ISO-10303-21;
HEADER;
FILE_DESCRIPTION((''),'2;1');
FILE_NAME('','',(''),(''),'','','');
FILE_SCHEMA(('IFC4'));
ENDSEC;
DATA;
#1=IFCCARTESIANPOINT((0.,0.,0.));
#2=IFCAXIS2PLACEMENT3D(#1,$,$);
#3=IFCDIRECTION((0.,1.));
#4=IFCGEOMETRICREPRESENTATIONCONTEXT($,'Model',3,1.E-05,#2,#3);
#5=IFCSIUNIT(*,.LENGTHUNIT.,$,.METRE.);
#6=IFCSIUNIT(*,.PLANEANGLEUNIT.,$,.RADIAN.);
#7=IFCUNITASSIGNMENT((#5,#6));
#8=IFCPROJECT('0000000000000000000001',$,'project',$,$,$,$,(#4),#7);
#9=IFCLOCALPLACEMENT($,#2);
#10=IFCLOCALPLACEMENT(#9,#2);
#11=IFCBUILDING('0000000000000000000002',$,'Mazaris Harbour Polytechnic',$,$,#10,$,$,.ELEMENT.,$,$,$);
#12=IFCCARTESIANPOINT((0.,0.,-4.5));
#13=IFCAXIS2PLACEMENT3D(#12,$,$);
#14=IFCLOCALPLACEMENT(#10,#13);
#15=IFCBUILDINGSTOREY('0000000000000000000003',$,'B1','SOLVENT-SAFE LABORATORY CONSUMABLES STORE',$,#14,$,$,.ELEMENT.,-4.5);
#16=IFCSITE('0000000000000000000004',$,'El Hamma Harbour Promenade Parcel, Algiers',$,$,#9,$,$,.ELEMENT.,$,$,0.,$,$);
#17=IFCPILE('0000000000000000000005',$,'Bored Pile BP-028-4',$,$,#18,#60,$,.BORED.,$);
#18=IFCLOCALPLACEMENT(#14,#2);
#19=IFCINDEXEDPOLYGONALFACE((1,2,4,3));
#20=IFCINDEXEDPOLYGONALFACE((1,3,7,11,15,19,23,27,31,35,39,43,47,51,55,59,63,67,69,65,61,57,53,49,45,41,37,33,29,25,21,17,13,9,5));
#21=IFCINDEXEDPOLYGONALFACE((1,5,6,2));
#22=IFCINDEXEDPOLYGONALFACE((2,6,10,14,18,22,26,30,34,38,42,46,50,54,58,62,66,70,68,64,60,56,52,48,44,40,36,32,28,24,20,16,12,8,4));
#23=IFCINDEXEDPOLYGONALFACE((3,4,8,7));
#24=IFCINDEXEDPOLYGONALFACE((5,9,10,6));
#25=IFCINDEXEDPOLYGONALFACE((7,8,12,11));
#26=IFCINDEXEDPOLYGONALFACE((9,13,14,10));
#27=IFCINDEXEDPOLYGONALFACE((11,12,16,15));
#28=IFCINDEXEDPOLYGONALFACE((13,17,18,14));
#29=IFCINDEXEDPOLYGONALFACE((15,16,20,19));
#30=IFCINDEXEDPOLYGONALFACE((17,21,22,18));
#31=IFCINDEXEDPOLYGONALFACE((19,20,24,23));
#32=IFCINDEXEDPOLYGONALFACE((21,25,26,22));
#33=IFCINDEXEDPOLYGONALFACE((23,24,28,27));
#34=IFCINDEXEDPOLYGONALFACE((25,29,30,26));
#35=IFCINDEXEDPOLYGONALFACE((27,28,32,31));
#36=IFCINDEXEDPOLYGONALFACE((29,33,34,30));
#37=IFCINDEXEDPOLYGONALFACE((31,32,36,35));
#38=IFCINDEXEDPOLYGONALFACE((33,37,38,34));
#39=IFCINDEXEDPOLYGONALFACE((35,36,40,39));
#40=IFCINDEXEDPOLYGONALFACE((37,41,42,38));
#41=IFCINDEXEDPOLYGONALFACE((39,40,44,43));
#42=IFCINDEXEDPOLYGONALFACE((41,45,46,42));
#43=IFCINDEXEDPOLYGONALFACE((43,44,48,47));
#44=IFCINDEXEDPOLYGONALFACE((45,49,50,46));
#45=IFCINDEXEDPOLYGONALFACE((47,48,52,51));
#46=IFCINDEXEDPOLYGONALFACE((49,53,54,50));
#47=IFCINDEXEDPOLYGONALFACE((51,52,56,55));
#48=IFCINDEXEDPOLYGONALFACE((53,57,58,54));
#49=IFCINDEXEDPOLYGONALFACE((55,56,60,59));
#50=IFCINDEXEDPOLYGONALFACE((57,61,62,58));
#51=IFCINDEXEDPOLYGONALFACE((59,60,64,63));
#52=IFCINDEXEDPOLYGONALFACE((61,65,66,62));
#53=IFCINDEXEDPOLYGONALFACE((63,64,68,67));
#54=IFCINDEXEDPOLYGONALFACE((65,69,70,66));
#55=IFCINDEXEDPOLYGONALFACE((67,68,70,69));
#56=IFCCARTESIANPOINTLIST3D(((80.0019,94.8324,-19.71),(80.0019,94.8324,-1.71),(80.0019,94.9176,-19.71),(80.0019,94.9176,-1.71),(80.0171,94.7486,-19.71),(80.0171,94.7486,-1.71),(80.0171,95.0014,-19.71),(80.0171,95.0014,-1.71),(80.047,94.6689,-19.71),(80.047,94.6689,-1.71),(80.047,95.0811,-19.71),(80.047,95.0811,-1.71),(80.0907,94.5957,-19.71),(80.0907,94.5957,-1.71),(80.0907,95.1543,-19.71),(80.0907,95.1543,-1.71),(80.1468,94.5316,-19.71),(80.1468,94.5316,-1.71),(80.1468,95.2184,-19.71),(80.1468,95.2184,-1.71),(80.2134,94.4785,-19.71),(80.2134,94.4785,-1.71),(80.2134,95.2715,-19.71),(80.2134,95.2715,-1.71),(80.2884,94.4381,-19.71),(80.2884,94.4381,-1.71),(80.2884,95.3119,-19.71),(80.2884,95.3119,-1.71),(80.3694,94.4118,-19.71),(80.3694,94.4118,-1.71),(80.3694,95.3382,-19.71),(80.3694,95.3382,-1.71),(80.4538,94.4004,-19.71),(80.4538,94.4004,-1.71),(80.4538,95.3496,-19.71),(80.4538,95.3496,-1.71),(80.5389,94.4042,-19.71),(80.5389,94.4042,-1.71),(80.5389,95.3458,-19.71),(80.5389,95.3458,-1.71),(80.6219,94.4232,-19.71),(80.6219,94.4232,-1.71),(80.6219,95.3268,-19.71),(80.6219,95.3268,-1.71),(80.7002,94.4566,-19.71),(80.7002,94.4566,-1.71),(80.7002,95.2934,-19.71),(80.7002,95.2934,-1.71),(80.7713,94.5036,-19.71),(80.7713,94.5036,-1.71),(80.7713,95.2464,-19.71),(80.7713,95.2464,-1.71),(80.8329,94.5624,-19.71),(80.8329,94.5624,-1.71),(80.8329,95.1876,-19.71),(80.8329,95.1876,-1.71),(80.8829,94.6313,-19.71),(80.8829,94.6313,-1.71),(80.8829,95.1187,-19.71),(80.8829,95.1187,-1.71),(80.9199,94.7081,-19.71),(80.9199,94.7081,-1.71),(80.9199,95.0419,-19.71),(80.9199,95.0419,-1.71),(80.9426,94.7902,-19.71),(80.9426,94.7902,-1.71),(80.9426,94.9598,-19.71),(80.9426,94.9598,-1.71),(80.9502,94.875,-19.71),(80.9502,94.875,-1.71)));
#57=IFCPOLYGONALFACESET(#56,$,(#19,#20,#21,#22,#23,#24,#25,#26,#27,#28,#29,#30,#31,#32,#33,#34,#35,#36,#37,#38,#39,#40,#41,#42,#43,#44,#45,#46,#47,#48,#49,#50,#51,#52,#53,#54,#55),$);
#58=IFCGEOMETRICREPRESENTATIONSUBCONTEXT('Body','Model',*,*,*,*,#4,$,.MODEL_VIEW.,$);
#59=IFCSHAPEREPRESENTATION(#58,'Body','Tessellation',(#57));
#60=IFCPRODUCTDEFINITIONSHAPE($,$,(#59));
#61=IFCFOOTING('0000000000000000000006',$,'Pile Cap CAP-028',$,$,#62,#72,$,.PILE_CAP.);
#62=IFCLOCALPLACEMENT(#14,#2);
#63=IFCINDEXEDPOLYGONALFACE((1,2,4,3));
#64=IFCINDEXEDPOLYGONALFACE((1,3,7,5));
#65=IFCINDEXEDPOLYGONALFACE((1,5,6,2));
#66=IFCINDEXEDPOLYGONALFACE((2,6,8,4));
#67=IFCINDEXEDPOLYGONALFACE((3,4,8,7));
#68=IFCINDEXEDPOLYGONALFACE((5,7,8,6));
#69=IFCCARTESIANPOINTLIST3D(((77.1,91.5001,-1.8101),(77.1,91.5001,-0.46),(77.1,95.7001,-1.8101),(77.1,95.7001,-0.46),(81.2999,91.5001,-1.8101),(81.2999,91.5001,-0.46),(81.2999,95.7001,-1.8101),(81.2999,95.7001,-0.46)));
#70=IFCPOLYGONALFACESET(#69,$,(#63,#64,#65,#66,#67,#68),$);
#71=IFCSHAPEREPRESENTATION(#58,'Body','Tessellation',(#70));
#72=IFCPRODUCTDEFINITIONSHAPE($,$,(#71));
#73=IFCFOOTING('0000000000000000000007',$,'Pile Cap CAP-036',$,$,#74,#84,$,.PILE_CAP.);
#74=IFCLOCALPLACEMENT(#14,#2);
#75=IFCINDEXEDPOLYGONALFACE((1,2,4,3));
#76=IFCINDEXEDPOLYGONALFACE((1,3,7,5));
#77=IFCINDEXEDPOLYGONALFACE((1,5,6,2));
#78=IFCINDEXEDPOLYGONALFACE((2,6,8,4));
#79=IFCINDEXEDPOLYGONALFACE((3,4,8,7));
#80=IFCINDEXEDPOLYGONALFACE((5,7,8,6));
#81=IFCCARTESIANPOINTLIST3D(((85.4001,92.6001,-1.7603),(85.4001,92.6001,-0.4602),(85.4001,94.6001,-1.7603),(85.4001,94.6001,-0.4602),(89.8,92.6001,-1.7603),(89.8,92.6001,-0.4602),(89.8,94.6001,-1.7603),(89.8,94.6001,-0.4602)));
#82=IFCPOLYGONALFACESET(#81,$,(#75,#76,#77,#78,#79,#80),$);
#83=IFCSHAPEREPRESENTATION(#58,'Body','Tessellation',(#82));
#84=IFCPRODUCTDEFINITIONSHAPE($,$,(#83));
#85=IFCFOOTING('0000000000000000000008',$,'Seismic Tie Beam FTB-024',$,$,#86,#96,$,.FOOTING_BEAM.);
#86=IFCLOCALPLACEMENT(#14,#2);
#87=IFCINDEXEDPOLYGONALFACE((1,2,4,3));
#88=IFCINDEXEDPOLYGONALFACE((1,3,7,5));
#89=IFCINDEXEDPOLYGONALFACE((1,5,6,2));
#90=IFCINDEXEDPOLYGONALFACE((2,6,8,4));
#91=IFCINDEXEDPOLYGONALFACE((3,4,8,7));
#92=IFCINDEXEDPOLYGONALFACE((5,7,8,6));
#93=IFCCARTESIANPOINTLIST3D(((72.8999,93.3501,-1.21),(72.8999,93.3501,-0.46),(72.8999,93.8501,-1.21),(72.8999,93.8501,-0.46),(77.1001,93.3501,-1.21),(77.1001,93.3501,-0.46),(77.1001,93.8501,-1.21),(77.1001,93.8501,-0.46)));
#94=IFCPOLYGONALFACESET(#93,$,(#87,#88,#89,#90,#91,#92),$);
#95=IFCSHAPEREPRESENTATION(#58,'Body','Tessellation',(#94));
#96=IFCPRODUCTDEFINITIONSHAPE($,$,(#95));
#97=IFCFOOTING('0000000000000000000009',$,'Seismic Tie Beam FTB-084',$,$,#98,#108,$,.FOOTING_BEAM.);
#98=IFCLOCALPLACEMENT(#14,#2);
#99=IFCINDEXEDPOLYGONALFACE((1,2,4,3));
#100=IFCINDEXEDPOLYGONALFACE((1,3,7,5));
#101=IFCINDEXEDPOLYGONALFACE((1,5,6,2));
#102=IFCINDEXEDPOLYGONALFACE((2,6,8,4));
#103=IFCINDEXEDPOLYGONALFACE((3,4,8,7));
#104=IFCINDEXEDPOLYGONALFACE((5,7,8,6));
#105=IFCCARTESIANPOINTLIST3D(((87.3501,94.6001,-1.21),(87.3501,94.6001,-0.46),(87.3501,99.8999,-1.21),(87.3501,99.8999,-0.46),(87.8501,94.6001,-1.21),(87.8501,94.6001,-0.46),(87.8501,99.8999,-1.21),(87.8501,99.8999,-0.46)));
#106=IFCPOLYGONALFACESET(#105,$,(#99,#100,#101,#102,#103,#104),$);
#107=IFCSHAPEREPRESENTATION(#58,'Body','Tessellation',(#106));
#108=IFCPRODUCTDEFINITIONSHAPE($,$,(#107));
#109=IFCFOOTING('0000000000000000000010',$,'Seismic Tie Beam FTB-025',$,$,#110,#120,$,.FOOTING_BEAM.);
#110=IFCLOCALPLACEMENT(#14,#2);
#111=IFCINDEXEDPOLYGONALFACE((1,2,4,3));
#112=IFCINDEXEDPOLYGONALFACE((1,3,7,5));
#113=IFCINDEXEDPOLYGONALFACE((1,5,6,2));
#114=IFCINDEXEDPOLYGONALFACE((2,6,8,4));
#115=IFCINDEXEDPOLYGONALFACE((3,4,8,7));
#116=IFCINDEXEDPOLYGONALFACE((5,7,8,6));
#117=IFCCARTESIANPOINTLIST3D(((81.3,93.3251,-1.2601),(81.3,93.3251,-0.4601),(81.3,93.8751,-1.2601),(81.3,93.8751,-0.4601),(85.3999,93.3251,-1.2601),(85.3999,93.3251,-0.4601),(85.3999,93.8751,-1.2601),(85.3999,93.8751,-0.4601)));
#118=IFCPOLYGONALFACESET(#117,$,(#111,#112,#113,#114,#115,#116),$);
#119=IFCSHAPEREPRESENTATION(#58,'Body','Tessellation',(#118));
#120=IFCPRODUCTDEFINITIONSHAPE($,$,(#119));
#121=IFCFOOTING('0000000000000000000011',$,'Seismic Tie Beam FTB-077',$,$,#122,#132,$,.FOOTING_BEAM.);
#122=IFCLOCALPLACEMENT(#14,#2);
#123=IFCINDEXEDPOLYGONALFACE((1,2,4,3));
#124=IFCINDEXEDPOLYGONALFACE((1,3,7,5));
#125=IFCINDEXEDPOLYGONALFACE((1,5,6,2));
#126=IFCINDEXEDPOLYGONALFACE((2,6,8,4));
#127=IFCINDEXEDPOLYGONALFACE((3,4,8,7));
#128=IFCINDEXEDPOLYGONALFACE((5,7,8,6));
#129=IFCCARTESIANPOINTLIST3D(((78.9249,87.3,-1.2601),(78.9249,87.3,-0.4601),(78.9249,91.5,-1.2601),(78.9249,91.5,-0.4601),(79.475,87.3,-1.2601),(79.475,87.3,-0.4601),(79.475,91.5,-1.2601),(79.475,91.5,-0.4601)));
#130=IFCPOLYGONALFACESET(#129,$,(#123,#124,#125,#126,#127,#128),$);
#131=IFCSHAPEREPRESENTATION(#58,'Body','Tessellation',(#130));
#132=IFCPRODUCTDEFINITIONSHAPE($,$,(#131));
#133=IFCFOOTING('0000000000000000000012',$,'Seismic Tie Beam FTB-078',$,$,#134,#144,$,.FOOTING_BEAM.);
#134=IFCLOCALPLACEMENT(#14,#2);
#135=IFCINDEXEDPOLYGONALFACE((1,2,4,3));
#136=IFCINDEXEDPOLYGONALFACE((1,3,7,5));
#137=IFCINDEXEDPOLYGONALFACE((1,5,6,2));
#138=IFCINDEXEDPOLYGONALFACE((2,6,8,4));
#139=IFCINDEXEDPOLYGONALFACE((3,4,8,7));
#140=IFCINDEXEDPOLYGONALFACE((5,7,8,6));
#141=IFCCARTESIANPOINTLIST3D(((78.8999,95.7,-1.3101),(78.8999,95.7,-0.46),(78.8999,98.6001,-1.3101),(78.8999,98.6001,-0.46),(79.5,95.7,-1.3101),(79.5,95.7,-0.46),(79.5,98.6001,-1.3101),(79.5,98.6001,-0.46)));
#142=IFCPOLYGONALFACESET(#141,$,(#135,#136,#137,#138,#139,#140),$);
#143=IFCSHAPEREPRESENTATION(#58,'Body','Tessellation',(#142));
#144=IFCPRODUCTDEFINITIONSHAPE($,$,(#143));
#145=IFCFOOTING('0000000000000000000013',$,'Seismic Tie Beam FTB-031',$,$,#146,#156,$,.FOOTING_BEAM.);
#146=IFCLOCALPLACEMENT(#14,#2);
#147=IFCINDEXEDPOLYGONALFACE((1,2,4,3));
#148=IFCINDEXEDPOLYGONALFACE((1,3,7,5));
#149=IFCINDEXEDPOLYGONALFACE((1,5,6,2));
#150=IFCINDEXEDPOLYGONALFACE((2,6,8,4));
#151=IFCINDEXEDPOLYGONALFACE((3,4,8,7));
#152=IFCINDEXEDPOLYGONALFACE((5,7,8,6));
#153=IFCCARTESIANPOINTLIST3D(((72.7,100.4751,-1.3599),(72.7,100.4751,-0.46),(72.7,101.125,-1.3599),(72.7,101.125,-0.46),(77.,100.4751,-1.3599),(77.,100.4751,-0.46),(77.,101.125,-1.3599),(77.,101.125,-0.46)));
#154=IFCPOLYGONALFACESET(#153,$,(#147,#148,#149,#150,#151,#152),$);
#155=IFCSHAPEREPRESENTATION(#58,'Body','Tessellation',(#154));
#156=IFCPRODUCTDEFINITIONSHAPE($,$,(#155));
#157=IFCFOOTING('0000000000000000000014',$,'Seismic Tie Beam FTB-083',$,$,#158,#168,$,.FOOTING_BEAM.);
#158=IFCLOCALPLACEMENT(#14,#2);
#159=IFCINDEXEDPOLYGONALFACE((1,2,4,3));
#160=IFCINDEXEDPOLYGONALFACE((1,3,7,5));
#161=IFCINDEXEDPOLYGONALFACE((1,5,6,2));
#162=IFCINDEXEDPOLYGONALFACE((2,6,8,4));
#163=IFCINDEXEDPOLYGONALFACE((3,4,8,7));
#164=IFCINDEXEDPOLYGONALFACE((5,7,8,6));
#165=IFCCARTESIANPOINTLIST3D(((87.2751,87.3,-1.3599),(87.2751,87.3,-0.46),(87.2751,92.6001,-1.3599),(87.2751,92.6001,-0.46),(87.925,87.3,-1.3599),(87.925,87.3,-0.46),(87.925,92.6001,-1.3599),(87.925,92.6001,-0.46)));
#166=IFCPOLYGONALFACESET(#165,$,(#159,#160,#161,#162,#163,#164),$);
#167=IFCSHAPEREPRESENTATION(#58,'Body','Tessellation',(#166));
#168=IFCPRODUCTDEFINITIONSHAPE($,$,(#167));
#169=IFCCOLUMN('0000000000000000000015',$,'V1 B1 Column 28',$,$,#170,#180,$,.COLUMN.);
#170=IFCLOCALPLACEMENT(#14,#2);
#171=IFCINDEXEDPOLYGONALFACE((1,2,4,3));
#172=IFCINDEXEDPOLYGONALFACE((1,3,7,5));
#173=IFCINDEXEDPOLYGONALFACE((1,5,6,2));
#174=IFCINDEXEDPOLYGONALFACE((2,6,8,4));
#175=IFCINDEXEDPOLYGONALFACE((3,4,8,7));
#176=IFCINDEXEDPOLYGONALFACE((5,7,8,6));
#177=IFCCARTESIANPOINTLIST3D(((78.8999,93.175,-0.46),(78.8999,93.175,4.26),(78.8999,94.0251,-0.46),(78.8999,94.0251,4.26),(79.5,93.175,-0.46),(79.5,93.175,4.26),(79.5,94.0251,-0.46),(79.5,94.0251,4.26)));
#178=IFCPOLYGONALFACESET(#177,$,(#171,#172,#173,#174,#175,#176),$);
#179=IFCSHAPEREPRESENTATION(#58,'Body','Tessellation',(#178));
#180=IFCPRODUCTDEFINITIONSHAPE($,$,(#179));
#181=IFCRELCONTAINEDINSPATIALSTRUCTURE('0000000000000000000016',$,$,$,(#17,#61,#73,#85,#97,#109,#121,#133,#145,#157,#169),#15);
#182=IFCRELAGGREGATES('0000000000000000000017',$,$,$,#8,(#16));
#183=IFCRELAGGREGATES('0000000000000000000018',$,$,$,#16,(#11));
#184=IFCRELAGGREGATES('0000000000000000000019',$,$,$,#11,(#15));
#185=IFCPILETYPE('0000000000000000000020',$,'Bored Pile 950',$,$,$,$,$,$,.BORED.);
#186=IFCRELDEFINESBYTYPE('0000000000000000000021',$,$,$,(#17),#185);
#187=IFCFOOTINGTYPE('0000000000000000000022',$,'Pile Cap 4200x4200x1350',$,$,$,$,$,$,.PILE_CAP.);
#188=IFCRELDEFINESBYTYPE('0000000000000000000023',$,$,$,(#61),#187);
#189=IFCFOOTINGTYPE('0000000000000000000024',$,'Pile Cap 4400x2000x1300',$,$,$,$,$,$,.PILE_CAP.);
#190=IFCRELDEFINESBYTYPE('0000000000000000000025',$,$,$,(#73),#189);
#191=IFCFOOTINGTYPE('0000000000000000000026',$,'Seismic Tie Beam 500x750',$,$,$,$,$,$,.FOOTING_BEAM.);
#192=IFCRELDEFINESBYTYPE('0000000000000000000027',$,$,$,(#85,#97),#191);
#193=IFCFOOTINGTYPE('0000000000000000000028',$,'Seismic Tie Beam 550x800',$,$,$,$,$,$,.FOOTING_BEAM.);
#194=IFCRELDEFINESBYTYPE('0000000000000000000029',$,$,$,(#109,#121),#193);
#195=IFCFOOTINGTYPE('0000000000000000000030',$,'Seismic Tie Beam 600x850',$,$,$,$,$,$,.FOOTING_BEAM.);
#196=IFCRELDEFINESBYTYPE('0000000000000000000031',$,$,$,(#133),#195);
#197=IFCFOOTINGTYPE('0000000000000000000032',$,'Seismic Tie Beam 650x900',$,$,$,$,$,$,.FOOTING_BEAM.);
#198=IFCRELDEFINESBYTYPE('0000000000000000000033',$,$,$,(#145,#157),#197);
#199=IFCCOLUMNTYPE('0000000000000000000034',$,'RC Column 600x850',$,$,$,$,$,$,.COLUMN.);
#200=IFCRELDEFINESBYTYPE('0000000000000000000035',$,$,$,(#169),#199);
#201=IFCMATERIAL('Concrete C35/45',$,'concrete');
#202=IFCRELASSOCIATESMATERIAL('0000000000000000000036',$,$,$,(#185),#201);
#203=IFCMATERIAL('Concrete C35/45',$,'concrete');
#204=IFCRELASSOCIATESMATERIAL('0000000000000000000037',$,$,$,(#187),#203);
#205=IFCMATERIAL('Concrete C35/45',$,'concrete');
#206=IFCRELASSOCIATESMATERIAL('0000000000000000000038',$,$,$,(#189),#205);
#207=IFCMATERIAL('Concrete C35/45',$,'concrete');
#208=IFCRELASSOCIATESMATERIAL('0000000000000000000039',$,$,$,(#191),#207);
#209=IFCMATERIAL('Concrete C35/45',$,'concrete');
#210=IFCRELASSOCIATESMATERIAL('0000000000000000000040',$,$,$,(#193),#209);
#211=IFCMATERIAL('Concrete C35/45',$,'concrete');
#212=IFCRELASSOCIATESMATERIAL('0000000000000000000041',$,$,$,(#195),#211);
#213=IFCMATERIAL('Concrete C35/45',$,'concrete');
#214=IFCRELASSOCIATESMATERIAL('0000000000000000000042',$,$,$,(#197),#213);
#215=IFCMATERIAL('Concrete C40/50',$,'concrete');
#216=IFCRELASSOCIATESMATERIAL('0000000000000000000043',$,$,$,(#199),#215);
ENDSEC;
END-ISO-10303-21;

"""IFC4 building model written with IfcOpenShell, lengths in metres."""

from ifc_helpers import new_model, si_unit, direction, frame, origin, origin_2d, place, context, subcontext, project, spatial, rectangle, circle, extrude, material, material_profile, profile_set, type_object, element, save


model = new_model("IFC4")

# Units and contexts
model_context = context("Model", 3, precision=1e-05, world=origin(), true_north=direction((0.0, 1.0)))
body_context = subcontext(model_context, "Body", "Model", "MODEL_VIEW")
ifc_project = project(units=[si_unit("LENGTHUNIT", "METRE"), si_unit("PLANEANGLEUNIT", "RADIAN")], contexts=[model_context])

# Site, building, storey
site_placement = place(None, origin())
site = spatial("IfcSite", under=ifc_project, at=site_placement, Name="El Hamma Harbour Promenade Parcel, Algiers", CompositionType="ELEMENT", RefElevation=0.0)
building_placement = place(site_placement, origin())
building = spatial("IfcBuilding", under=site, at=building_placement, Name="Mazaris Harbour Polytechnic", CompositionType="ELEMENT")
storey_placement = place(building_placement, frame((0.0, 0.0, -4.5)))
storey = spatial("IfcBuildingStorey", under=building, at=storey_placement, Name="B1", Description="SOLVENT-SAFE LABORATORY CONSUMABLES STORE", CompositionType="ELEMENT", Elevation=-4.5)

# Pile
ifc_material_1 = material(Name="Concrete C35/45", Category="concrete")
ifc_material_profile_1 = material_profile(ifc_material_1, circle(Radius=0.4751, at=origin_2d()), Name="DIA950")
ifc_profile_set_1 = profile_set([ifc_material_profile_1], Name="Concrete C35/45")
pile_type_1 = type_object("IfcPileType", Name="Bored Pile 950", PredefinedType="BORED", material=ifc_profile_set_1)
for number, where, z_axis, x_axis, name in (
    (1, (80.4751, 94.875, -1.71), (0.0, 0.0, -1.0), (1.0, 0.0, 0.0), "Bored Pile BP-028-4"),
):
    element("IfcPile", number, at=place(storey_placement, frame(where, z_axis=z_axis, x_axis=x_axis)), inside=storey, type_object=pile_type_1, Name=name, PredefinedType="BORED", context=body_context, shape_type="SweptSolid", body=[
        extrude(circle(Radius=0.4751, at=origin_2d()), origin(), (0.0, 0.0, 1.0), 18.0),
    ])

# Footings
ifc_material_2 = material(Name="Concrete C35/45", Category="concrete")
footing_type_1 = type_object("IfcFootingType", Name="Pile Cap 4200x4200x1350", PredefinedType="PILE_CAP", material=ifc_material_2)
footing_1_placement = place(storey_placement, frame((79.2, 93.6001, -1.8101), z_axis=(0.0, 0.0, 1.0), x_axis=(1.0, 0.0, 0.0)))
element("IfcFooting", 2, at=footing_1_placement, inside=storey, type_object=footing_type_1, Name="Pile Cap CAP-028", PredefinedType="PILE_CAP", context=body_context, shape_type="SweptSolid", body=[
    extrude(rectangle(XDim=4.2, YDim=4.2, at=origin_2d()), origin(), (0.0, 0.0, 1.0), 1.3501),
])
ifc_material_3 = material(Name="Concrete C35/45", Category="concrete")
footing_type_2 = type_object("IfcFootingType", Name="Pile Cap 4400x2000x1300", PredefinedType="PILE_CAP", material=ifc_material_3)
footing_2_placement = place(storey_placement, frame((87.6001, 93.6001, -1.7603), z_axis=(0.0, 0.0, 1.0), x_axis=(1.0, 0.0, 0.0)))
element("IfcFooting", 3, at=footing_2_placement, inside=storey, type_object=footing_type_2, Name="Pile Cap CAP-036", PredefinedType="PILE_CAP", context=body_context, shape_type="SweptSolid", body=[
    extrude(rectangle(XDim=4.3999, YDim=2.0, at=origin_2d()), origin(), (0.0, 0.0, 1.0), 1.3),
])
ifc_material_4 = material(Name="Concrete C35/45", Category="concrete")
ifc_material_profile_2 = material_profile(ifc_material_4, rectangle(XDim=0.5, YDim=0.75, at=origin_2d()), Name="RECT500x750")
ifc_profile_set_2 = profile_set([ifc_material_profile_2], Name="Concrete C35/45")
footing_type_3 = type_object("IfcFootingType", Name="Seismic Tie Beam 500x750", PredefinedType="FOOTING_BEAM", material=ifc_profile_set_2)
footing_3_placement = place(storey_placement, frame((72.8999, 93.6001, -0.835), z_axis=(1.0, 0.0, 0.0), x_axis=(0.0, 1.0, 0.0)))
element("IfcFooting", 4, at=footing_3_placement, inside=storey, type_object=footing_type_3, Name="Seismic Tie Beam FTB-024", PredefinedType="FOOTING_BEAM", context=body_context, shape_type="SweptSolid", body=[
    extrude(rectangle(XDim=0.5, YDim=0.75, at=origin_2d()), origin(), (0.0, 0.0, 1.0), 4.2002),
])
footing_4_placement = place(storey_placement, frame((87.6001, 94.6001, -0.835), z_axis=(0.0, 1.0, 0.0), x_axis=(-1.0, 0.0, 0.0)))
element("IfcFooting", 5, at=footing_4_placement, inside=storey, type_object=footing_type_3, Name="Seismic Tie Beam FTB-084", PredefinedType="FOOTING_BEAM", context=body_context, shape_type="SweptSolid", body=[
    extrude(rectangle(XDim=0.5, YDim=0.75, at=origin_2d()), origin(), (0.0, 0.0, 1.0), 5.2998),
])
ifc_material_5 = material(Name="Concrete C35/45", Category="concrete")
ifc_material_profile_3 = material_profile(ifc_material_5, rectangle(XDim=0.55, YDim=0.8, at=origin_2d()), Name="RECT550x800")
ifc_profile_set_3 = profile_set([ifc_material_profile_3], Name="Concrete C35/45")
footing_type_4 = type_object("IfcFootingType", Name="Seismic Tie Beam 550x800", PredefinedType="FOOTING_BEAM", material=ifc_profile_set_3)
footing_5_placement = place(storey_placement, frame((81.3, 93.6001, -0.8601), z_axis=(1.0, 0.0, 0.0), x_axis=(0.0, 1.0, 0.0)))
element("IfcFooting", 6, at=footing_5_placement, inside=storey, type_object=footing_type_4, Name="Seismic Tie Beam FTB-025", PredefinedType="FOOTING_BEAM", context=body_context, shape_type="SweptSolid", body=[
    extrude(rectangle(XDim=0.55, YDim=0.8, at=origin_2d()), origin(), (0.0, 0.0, 1.0), 4.0999),
])
footing_6_placement = place(storey_placement, frame((79.2, 87.3, -0.8601), z_axis=(0.0, 1.0, 0.0), x_axis=(-1.0, 0.0, 0.0)))
element("IfcFooting", 7, at=footing_6_placement, inside=storey, type_object=footing_type_4, Name="Seismic Tie Beam FTB-077", PredefinedType="FOOTING_BEAM", context=body_context, shape_type="SweptSolid", body=[
    extrude(rectangle(XDim=0.55, YDim=0.8, at=origin_2d()), origin(), (0.0, 0.0, 1.0), 4.2),
])
ifc_material_6 = material(Name="Concrete C35/45", Category="concrete")
ifc_material_profile_4 = material_profile(ifc_material_6, rectangle(XDim=0.6001, YDim=0.8501, at=origin_2d()), Name="RECT600x850")
ifc_profile_set_4 = profile_set([ifc_material_profile_4], Name="Concrete C35/45")
footing_type_5 = type_object("IfcFootingType", Name="Seismic Tie Beam 600x850", PredefinedType="FOOTING_BEAM", material=ifc_profile_set_4)
footing_7_placement = place(storey_placement, frame((79.2, 95.7, -0.885), z_axis=(0.0, 1.0, 0.0), x_axis=(-1.0, 0.0, 0.0)))
element("IfcFooting", 8, at=footing_7_placement, inside=storey, type_object=footing_type_5, Name="Seismic Tie Beam FTB-078", PredefinedType="FOOTING_BEAM", context=body_context, shape_type="SweptSolid", body=[
    extrude(rectangle(XDim=0.6001, YDim=0.8501, at=origin_2d()), origin(), (0.0, 0.0, 1.0), 2.9001),
])
ifc_material_7 = material(Name="Concrete C35/45", Category="concrete")
ifc_material_profile_5 = material_profile(ifc_material_7, rectangle(XDim=0.6499, YDim=0.8999, at=origin_2d()), Name="RECT650x900")
ifc_profile_set_5 = profile_set([ifc_material_profile_5], Name="Concrete C35/45")
footing_type_6 = type_object("IfcFootingType", Name="Seismic Tie Beam 650x900", PredefinedType="FOOTING_BEAM", material=ifc_profile_set_5)
footing_8_placement = place(storey_placement, frame((72.7, 100.8, -0.9099), z_axis=(1.0, 0.0, 0.0), x_axis=(0.0, 1.0, 0.0)))
element("IfcFooting", 9, at=footing_8_placement, inside=storey, type_object=footing_type_6, Name="Seismic Tie Beam FTB-031", PredefinedType="FOOTING_BEAM", context=body_context, shape_type="SweptSolid", body=[
    extrude(rectangle(XDim=0.6499, YDim=0.8999, at=origin_2d()), origin(), (0.0, 0.0, 1.0), 4.3),
])
footing_9_placement = place(storey_placement, frame((87.6001, 87.3, -0.9099), z_axis=(0.0, 1.0, 0.0), x_axis=(-1.0, 0.0, 0.0)))
element("IfcFooting", 10, at=footing_9_placement, inside=storey, type_object=footing_type_6, Name="Seismic Tie Beam FTB-083", PredefinedType="FOOTING_BEAM", context=body_context, shape_type="SweptSolid", body=[
    extrude(rectangle(XDim=0.6499, YDim=0.8999, at=origin_2d()), origin(), (0.0, 0.0, 1.0), 5.3),
])

# Column
ifc_material_8 = material(Name="Concrete C40/50", Category="concrete")
ifc_material_profile_6 = material_profile(ifc_material_8, rectangle(XDim=0.6001, YDim=0.8501, at=origin_2d()), Name="RECT600x850")
ifc_profile_set_6 = profile_set([ifc_material_profile_6], Name="Concrete C40/50")
column_type_1 = type_object("IfcColumnType", Name="RC Column 600x850", PredefinedType="COLUMN", material=ifc_profile_set_6)
column_1_placement = place(storey_placement, frame((79.2, 93.6001, -0.46), z_axis=(0.0, 0.0, 1.0), x_axis=(1.0, 0.0, 0.0)))
element("IfcColumn", 11, at=column_1_placement, inside=storey, type_object=column_type_1, Name="V1 B1 Column 28", PredefinedType="COLUMN", context=body_context, shape_type="SweptSolid", body=[
    extrude(rectangle(XDim=0.6001, YDim=0.8501, at=origin_2d()), origin(), (0.0, 0.0, 1.0), 4.72),
])

save(model, "model.ifc")
